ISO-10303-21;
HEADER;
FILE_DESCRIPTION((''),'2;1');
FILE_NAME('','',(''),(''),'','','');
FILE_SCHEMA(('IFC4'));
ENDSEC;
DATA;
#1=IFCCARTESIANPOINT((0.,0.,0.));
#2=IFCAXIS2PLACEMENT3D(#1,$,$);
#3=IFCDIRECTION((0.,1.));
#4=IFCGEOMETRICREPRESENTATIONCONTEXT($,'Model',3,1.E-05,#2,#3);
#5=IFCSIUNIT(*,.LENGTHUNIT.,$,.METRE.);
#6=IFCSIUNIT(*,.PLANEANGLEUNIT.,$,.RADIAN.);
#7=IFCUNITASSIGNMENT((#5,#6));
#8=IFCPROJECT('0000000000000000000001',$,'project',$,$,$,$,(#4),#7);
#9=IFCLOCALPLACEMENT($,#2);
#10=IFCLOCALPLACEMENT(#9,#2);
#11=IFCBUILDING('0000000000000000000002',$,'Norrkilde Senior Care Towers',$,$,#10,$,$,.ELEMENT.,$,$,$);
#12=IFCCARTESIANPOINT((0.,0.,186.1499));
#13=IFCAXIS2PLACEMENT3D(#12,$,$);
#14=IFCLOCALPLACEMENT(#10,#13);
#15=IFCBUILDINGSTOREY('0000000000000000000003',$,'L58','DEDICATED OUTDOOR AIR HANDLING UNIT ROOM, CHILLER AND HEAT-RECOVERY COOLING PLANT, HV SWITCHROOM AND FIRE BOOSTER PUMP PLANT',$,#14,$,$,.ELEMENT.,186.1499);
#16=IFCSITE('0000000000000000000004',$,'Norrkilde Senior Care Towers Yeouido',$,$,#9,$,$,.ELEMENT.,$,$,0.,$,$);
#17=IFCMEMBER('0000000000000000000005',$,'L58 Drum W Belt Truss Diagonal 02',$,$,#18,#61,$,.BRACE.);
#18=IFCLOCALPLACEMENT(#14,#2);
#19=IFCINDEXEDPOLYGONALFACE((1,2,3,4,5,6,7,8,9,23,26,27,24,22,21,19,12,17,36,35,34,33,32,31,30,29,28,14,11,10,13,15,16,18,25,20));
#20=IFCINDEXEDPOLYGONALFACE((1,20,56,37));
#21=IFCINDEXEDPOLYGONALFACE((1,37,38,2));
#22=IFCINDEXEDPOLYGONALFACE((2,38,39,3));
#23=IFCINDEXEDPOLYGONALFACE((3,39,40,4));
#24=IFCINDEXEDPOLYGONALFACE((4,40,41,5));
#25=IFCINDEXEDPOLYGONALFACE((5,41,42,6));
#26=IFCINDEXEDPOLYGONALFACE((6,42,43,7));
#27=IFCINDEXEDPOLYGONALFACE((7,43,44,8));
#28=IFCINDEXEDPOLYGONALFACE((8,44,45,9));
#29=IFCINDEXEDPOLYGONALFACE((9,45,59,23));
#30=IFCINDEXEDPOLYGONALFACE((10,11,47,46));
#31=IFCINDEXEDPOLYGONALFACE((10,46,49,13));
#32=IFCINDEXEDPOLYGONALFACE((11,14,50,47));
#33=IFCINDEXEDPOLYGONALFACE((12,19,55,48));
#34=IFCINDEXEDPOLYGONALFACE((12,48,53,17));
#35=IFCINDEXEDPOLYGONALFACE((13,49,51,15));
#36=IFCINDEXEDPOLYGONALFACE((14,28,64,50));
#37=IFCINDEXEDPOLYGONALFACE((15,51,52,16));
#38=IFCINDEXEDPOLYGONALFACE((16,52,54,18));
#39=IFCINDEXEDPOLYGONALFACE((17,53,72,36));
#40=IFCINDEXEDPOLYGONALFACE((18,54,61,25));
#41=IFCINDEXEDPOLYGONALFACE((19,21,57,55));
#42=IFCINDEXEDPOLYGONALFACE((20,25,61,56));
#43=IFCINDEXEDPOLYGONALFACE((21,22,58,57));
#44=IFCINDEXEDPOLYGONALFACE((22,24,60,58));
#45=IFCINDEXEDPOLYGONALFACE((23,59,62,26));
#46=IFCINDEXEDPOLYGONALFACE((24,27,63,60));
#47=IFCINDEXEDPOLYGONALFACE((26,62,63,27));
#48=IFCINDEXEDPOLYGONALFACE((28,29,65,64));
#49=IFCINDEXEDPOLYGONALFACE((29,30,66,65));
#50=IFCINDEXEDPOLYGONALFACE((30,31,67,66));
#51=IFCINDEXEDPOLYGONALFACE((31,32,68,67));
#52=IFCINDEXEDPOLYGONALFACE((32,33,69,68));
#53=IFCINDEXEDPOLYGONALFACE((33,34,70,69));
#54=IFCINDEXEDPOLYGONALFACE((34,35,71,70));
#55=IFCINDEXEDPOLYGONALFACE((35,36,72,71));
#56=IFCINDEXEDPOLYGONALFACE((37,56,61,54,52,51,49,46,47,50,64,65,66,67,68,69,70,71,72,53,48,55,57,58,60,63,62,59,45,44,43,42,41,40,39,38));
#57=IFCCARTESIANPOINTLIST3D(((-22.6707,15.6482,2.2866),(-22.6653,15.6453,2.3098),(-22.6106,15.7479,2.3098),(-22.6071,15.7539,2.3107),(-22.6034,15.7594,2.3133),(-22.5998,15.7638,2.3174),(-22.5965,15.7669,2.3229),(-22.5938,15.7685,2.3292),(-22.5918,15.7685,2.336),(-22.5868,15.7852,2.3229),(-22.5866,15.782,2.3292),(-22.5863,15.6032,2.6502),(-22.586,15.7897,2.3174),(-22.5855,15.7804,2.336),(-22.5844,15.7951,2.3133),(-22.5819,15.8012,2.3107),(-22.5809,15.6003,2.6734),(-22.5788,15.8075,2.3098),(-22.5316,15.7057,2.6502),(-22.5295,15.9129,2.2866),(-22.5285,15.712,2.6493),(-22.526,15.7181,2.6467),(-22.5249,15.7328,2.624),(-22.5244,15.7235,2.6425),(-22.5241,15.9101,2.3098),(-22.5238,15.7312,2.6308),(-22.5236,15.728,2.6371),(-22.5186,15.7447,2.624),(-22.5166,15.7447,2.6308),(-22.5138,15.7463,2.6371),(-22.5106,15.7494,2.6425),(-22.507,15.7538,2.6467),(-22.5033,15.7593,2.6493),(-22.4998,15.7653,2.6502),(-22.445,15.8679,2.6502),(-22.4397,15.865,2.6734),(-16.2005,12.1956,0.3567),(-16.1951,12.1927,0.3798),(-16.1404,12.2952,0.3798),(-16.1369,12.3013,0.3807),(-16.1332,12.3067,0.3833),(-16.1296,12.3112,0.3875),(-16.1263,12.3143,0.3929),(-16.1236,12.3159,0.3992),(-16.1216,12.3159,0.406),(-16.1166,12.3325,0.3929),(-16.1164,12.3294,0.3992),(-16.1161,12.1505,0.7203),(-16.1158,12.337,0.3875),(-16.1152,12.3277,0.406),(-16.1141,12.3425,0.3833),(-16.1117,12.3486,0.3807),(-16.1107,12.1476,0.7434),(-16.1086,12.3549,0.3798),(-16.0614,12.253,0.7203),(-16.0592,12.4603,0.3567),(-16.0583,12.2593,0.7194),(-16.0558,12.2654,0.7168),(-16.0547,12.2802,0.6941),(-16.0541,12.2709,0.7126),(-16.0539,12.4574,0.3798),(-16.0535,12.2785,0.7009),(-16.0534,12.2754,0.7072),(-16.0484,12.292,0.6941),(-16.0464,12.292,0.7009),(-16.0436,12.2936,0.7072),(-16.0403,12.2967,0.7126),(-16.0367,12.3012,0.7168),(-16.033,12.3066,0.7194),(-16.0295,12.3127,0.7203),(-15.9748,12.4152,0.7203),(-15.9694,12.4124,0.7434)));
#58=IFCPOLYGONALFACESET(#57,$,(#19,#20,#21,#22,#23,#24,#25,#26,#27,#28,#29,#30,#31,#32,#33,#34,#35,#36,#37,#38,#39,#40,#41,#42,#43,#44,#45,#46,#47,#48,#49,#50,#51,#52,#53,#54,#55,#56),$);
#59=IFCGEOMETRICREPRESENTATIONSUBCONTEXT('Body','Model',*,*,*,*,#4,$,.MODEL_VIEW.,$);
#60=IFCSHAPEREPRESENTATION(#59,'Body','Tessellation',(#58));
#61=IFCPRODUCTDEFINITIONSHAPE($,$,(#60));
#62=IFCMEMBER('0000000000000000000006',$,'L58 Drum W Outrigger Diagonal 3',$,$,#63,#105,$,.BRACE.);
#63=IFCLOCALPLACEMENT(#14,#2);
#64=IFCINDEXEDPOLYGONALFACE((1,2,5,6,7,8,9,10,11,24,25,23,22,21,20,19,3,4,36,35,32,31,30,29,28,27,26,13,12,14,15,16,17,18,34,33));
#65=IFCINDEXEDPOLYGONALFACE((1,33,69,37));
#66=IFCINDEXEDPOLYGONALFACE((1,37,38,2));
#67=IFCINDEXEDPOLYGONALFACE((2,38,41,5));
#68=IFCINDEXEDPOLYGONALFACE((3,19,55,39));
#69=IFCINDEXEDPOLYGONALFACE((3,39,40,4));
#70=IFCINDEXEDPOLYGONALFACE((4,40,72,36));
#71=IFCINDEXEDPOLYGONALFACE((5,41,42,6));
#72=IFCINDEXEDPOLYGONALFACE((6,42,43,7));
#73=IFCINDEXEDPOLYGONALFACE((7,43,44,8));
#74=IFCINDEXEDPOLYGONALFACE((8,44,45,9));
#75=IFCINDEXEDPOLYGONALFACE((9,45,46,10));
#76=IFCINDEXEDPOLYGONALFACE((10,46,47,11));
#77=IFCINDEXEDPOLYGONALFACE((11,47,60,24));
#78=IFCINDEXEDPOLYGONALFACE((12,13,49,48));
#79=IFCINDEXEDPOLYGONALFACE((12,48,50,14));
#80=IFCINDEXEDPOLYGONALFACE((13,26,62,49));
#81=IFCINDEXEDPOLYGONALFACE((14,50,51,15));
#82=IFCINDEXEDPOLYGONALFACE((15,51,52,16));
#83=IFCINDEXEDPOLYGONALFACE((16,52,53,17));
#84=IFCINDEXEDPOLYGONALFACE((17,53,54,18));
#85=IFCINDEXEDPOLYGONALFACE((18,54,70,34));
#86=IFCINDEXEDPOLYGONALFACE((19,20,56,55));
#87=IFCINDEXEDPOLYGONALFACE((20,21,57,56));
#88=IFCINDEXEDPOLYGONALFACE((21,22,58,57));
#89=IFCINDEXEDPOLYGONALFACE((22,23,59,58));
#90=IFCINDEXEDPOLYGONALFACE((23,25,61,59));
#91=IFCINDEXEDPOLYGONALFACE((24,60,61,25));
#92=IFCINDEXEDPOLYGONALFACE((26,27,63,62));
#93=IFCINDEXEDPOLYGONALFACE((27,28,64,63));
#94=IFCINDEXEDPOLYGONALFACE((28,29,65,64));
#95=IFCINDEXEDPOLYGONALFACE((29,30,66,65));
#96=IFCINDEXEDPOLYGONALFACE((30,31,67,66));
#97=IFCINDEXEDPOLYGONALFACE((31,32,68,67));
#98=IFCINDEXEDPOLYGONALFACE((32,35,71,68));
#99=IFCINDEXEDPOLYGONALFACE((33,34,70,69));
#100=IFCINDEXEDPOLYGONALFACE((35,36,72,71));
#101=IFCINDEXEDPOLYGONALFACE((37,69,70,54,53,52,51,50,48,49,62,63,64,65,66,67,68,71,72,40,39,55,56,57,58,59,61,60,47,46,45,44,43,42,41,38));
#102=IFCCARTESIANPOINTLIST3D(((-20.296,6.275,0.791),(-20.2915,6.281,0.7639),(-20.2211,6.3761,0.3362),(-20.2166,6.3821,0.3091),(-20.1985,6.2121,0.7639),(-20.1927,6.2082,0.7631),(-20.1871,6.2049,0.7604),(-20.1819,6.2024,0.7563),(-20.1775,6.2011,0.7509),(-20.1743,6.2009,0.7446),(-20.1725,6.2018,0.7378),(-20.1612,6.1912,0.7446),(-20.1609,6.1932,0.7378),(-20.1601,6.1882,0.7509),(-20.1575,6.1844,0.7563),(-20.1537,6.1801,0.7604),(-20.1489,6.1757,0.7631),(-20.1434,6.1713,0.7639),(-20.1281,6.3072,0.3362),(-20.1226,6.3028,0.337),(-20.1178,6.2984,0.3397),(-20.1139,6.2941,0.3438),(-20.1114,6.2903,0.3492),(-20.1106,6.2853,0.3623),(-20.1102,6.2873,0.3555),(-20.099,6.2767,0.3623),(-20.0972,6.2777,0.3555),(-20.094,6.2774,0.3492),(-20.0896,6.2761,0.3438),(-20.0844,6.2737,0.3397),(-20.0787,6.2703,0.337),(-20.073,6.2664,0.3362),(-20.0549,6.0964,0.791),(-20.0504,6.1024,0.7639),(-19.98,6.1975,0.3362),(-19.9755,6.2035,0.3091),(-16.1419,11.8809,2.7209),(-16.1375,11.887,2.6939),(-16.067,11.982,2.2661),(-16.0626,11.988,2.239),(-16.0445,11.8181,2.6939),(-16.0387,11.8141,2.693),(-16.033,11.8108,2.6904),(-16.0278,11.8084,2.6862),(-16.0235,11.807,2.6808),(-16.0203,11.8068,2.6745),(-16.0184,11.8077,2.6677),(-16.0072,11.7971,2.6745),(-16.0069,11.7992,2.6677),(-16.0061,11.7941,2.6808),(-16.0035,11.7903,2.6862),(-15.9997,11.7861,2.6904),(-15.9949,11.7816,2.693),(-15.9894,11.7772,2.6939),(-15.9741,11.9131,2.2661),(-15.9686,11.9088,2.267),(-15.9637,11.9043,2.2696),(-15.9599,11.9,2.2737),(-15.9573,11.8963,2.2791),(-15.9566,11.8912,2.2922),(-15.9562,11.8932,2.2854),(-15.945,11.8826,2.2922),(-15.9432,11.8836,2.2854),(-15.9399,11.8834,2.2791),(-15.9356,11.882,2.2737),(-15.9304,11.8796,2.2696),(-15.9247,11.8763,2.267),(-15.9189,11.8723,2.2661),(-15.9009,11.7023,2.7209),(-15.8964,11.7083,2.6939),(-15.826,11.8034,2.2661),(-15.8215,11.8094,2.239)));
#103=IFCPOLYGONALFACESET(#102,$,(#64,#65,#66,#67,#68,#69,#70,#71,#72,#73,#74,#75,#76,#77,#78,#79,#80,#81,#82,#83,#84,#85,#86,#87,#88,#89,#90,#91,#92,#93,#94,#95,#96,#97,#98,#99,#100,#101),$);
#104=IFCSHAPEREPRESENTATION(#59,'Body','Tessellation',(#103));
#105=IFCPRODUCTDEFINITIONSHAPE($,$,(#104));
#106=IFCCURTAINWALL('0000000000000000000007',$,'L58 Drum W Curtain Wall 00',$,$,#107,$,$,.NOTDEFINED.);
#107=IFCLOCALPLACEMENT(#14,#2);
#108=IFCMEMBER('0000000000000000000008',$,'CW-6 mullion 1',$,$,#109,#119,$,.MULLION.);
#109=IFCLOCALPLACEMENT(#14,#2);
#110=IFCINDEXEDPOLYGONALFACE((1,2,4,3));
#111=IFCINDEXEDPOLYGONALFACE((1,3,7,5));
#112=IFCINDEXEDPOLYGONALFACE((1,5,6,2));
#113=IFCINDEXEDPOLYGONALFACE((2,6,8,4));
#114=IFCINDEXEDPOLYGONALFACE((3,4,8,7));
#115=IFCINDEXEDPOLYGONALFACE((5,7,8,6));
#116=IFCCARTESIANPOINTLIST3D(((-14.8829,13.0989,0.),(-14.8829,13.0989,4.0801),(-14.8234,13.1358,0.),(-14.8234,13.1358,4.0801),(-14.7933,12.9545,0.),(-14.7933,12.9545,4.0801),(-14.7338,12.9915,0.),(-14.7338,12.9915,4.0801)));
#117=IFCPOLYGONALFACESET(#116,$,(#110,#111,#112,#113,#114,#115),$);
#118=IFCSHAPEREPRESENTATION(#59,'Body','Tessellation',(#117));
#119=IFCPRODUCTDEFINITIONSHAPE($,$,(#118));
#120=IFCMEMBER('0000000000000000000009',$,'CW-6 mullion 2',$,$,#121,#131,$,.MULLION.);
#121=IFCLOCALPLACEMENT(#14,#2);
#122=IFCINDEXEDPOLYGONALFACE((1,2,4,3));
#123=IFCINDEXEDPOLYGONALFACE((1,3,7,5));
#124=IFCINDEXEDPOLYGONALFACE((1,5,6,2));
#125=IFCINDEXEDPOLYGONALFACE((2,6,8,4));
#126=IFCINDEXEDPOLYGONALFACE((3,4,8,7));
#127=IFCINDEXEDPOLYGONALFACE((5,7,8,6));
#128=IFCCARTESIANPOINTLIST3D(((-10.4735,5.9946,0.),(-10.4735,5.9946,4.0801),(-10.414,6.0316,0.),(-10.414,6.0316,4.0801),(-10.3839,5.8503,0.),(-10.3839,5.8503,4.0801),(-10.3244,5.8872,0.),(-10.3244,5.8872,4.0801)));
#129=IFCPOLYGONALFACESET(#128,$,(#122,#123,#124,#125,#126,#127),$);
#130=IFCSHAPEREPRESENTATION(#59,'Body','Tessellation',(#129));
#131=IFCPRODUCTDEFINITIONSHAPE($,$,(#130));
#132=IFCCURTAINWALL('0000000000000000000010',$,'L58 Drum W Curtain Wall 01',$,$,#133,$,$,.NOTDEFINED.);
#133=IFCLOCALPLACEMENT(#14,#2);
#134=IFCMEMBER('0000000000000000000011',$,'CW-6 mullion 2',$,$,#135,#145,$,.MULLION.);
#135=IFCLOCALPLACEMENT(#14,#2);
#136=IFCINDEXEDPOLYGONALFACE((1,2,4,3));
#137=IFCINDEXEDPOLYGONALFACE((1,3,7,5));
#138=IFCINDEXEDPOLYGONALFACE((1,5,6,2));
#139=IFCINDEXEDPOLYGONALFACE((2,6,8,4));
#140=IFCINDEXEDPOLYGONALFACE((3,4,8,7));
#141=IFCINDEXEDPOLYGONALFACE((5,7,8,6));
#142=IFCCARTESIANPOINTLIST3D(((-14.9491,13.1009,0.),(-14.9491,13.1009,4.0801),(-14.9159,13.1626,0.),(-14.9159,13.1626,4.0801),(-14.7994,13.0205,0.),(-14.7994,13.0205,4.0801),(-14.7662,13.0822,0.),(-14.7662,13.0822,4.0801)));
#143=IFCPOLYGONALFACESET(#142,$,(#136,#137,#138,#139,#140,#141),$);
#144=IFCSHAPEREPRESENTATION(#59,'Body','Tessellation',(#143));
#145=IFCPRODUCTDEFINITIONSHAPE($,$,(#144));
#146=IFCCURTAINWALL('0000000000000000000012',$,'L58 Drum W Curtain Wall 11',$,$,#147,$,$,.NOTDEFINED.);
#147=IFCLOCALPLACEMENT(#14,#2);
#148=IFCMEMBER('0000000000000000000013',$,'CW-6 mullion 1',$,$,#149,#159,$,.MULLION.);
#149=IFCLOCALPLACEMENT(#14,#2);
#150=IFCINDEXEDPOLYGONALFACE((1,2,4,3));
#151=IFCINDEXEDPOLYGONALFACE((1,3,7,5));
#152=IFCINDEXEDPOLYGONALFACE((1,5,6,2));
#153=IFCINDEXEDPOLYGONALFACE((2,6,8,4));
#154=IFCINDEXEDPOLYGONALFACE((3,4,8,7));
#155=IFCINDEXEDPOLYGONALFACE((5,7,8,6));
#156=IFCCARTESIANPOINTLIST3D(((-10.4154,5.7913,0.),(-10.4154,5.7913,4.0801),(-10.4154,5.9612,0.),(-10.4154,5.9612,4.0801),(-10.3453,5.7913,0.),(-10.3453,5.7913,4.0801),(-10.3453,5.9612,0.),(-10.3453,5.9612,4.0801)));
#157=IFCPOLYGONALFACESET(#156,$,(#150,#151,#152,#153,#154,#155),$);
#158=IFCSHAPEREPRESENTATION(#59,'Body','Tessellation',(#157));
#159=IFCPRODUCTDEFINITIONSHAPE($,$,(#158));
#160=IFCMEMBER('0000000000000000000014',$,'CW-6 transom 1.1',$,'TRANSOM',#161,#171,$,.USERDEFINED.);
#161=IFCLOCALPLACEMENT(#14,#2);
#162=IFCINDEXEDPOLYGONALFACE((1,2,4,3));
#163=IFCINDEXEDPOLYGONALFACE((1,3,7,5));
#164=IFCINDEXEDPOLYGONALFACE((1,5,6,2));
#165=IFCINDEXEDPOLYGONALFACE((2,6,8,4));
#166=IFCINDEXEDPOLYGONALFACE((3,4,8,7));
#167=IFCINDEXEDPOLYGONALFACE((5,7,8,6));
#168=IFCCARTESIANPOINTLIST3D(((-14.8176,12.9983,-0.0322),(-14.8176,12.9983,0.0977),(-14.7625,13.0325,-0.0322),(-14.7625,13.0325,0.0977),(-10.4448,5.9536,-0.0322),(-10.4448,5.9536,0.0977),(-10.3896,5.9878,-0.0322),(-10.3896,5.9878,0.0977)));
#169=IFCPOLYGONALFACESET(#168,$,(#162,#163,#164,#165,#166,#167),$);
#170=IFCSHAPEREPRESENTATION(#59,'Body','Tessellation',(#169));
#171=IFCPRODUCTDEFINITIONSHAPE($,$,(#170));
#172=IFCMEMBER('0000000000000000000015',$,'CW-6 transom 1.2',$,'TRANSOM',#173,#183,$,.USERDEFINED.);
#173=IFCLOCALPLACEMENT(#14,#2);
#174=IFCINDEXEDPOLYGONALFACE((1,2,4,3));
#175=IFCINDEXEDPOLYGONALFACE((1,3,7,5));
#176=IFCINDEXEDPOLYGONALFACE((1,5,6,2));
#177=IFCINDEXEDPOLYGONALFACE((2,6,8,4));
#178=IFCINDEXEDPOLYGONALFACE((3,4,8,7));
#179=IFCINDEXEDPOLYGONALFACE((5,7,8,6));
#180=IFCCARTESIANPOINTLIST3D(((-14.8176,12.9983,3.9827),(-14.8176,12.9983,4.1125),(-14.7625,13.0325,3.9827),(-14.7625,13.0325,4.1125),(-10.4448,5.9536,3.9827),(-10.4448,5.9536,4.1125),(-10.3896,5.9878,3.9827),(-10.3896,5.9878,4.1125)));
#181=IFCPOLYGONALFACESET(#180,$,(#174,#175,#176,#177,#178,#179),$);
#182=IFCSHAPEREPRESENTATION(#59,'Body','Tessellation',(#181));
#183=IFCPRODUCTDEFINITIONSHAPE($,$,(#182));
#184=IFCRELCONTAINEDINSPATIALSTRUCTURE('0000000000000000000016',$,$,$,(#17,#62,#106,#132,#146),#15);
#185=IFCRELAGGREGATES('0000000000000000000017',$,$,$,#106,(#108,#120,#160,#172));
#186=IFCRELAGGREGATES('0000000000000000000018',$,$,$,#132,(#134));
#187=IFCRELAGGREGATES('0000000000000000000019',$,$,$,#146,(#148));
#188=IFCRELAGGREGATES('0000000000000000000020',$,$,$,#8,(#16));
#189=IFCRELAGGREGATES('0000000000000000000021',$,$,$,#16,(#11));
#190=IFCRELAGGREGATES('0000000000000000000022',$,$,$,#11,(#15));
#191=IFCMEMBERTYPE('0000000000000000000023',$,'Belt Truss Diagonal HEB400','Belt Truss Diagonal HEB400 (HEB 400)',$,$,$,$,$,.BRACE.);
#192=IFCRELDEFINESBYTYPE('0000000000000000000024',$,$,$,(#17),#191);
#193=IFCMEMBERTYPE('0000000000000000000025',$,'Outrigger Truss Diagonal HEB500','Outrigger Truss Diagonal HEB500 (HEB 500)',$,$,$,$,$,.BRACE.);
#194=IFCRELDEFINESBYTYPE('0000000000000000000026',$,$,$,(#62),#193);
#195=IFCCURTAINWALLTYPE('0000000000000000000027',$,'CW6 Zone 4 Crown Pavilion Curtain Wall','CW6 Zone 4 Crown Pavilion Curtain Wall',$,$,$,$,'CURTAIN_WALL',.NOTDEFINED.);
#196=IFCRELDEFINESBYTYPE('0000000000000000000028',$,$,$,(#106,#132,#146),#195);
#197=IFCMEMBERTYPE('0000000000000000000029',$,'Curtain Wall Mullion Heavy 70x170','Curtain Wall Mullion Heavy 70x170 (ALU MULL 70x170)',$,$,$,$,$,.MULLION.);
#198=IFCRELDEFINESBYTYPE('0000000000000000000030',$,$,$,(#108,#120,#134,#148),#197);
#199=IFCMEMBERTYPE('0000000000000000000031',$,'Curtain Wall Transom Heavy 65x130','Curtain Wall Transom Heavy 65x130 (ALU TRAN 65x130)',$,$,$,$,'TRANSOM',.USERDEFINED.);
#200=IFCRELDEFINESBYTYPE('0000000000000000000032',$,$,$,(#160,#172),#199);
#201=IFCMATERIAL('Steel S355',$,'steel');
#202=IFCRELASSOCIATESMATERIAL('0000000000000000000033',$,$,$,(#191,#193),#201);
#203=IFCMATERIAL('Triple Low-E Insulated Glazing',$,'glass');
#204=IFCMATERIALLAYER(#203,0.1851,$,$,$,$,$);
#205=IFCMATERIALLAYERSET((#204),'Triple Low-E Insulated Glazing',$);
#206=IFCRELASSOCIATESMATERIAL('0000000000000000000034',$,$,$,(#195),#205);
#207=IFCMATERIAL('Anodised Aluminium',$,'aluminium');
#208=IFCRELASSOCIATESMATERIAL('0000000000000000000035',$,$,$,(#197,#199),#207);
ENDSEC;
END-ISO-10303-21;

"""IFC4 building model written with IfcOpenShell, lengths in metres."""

from ifc_helpers import new_model, si_unit, direction, frame, origin, origin_2d, place, context, subcontext, project, spatial, rectangle, i_section, extrude, source, transform, mapped, material, layer, layer_set, material_profile, profile_set, type_object, type_shapes, element, aggregate, save


model = new_model("IFC4")

# Units and contexts
model_context = context("Model", 3, precision=1e-05, world=origin(), true_north=direction((0.0, 1.0)))
body_context = subcontext(model_context, "Body", "Model", "MODEL_VIEW")
ifc_project = project(units=[si_unit("LENGTHUNIT", "METRE"), si_unit("PLANEANGLEUNIT", "RADIAN")], contexts=[model_context])

# Site, building, storey
site_placement = place(None, origin())
site = spatial("IfcSite", under=ifc_project, at=site_placement, Name="Norrkilde Senior Care Towers Yeouido", CompositionType="ELEMENT", RefElevation=0.0)
building_placement = place(site_placement, origin())
building = spatial("IfcBuilding", under=site, at=building_placement, Name="Norrkilde Senior Care Towers", CompositionType="ELEMENT")
storey_placement = place(building_placement, frame((0.0, 0.0, 186.1499)))
storey = spatial("IfcBuildingStorey", under=building, at=storey_placement, Name="L58", Description="DEDICATED OUTDOOR AIR HANDLING UNIT ROOM, CHILLER AND HEAT-RECOVERY COOLING PLANT, HV SWITCHROOM AND FIRE BOOSTER PUMP PLANT", CompositionType="ELEMENT", Elevation=186.1499)

# Members
ifc_material_1 = material(Name="Steel S355", Category="steel")
ifc_material_profile_1 = material_profile(ifc_material_1, i_section(OverallWidth=0.3, OverallDepth=0.3999, WebThickness=0.0134, FlangeThickness=0.0239, FilletRadius=0.0271, at=origin_2d()), Name="HEB 400")
ifc_profile_set_1 = profile_set([ifc_material_profile_1], Name="Steel S355")
member_type_1 = type_object("IfcMemberType", Name="Belt Truss Diagonal HEB400", Description="Belt Truss Diagonal HEB400 (HEB 400)", PredefinedType="BRACE", material=ifc_profile_set_1)
shared_shape_1 = source(origin(), body_context, "Body", "SweptSolid", [
    extrude(i_section(OverallWidth=0.3, OverallDepth=0.3999, WebThickness=0.0134, FlangeThickness=0.0239, FilletRadius=0.0271, at=origin_2d()), origin(), (0.0, 0.0, 1.0), 7.5835),
])
member_1_placement = place(storey_placement, frame((-16.085, 12.304, 0.55), z_axis=(-0.8532, 0.455285, 0.254492), x_axis=(-0.470785, -0.882248, 0.0)))
element("IfcMember", 1, at=member_1_placement, inside=storey, type_object=member_type_1, Name="L58 Drum W Belt Truss Diagonal 02", PredefinedType="BRACE", context=body_context, shape_type="MappedRepresentation", body=[
    mapped(shared_shape_1, transform((0.0, 0.0, 0.0), x_axis=(1.0, 0.0, 0.0), y_axis=(0.0, 1.0, 0.0), z_axis=(0.0, 0.0, 1.0), scale=1.0)),
])
ifc_material_profile_2 = material_profile(ifc_material_1, i_section(OverallWidth=0.3, OverallDepth=0.5, WebThickness=0.0144, FlangeThickness=0.0281, FilletRadius=0.0271, at=origin_2d()), Name="HEB 500")
ifc_profile_set_2 = profile_set([ifc_material_profile_2], Name="Steel S355")
member_type_2 = type_object("IfcMemberType", Name="Outrigger Truss Diagonal HEB500", Description="Outrigger Truss Diagonal HEB500 (HEB 500)", PredefinedType="BRACE", material=ifc_profile_set_2)
shared_shape_2 = source(origin(), body_context, "Body", "SweptSolid", [
    extrude(i_section(OverallWidth=0.3, OverallDepth=0.5, WebThickness=0.0144, FlangeThickness=0.0281, FilletRadius=0.0271, at=origin_2d()), origin(), (0.0, 0.0, 1.0), 7.2393),
])
type_shapes(member_type_2, [shared_shape_2])
member_2_placement = place(storey_placement, frame((-20.1357, 6.2393, 0.55), z_axis=(0.573819, 0.774378, 0.266591), x_axis=(-0.803455, 0.595366, 0.0)))
element("IfcMember", 2, at=member_2_placement, inside=storey, type_object=member_type_2, Name="L58 Drum W Outrigger Diagonal 3", PredefinedType="BRACE", context=body_context, shape_type="MappedRepresentation", body=[
    mapped(shared_shape_2, transform((0.0, 0.0, 0.0), x_axis=(1.0, 0.0, 0.0), y_axis=(0.0, 1.0, 0.0), z_axis=(0.0, 0.0, 1.0), scale=1.0)),
])

# Curtain wall, members
ifc_material_2 = material(Name="Triple Low-E Insulated Glazing", Category="glass")
ifc_layer_1 = layer(ifc_material_2, 0.1851)
ifc_layer_set_1 = layer_set([ifc_layer_1], Name="Triple Low-E Insulated Glazing")
curtain_wall_type = type_object("IfcCurtainWallType", Name="CW6 Zone 4 Crown Pavilion Curtain Wall", Description="CW6 Zone 4 Crown Pavilion Curtain Wall", ElementType="CURTAIN_WALL", PredefinedType="NOTDEFINED", material=ifc_layer_set_1)
curtain_wall_1_placement = place(storey_placement, origin())
curtain_wall_1 = element("IfcCurtainWall", 3, at=curtain_wall_1_placement, inside=storey, type_object=curtain_wall_type, Name="L58 Drum W Curtain Wall 00", PredefinedType="NOTDEFINED")
ifc_material_3 = material(Name="Anodised Aluminium", Category="aluminium")
ifc_material_profile_3 = material_profile(ifc_material_3, rectangle(XDim=0.0701, YDim=0.1699, at=origin_2d()), Name="ALU MULL 70x170")
ifc_profile_set_3 = profile_set([ifc_material_profile_3], Name="Anodised Aluminium")
member_type_3 = type_object("IfcMemberType", Name="Curtain Wall Mullion Heavy 70x170", Description="Curtain Wall Mullion Heavy 70x170 (ALU MULL 70x170)", PredefinedType="MULLION", material=ifc_profile_set_3)
shared_shape_3 = source(origin(), body_context, "Body", "SweptSolid", [
    extrude(rectangle(XDim=0.0701, YDim=0.1699, at=origin_2d()), origin(), (0.0, 0.0, 1.0), 4.0801),
])
type_shapes(member_type_3, [shared_shape_3])
member_3_placement = place(storey_placement, frame((-14.8083, 13.0452, 0.0), z_axis=(0.0, 0.0, 1.0), x_axis=(0.849634, 0.527373, 0.0)))
member_3 = element("IfcMember", 4, at=member_3_placement, type_object=member_type_3, Name="CW-6 mullion 1", PredefinedType="MULLION", context=body_context, shape_type="MappedRepresentation", body=[
    mapped(shared_shape_3, transform((0.0, 0.0, 0.0), x_axis=(1.0, 0.0, 0.0), y_axis=(0.0, 1.0, 0.0), z_axis=(0.0, 0.0, 1.0), scale=1.0)),
])
member_4_placement = place(storey_placement, frame((-10.3989, 5.9409, 0.0), z_axis=(0.0, 0.0, 1.0), x_axis=(0.849634, 0.527373, 0.0)))
member_4 = element("IfcMember", 5, at=member_4_placement, type_object=member_type_3, Name="CW-6 mullion 2", PredefinedType="MULLION", context=body_context, shape_type="MappedRepresentation", body=[
    mapped(shared_shape_3, transform((0.0, 0.0, 0.0), x_axis=(1.0, 0.0, 0.0), y_axis=(0.0, 1.0, 0.0), z_axis=(0.0, 0.0, 1.0), scale=1.0)),
])

# Curtain walls, members
curtain_wall_2_placement = place(storey_placement, origin())
curtain_wall_2 = element("IfcCurtainWall", 6, at=curtain_wall_2_placement, inside=storey, type_object=curtain_wall_type, Name="L58 Drum W Curtain Wall 01", PredefinedType="NOTDEFINED")
member_5_placement = place(storey_placement, frame((-14.8577, 13.0916, 0.0), z_axis=(0.0, 0.0, 1.0), x_axis=(0.473117, 0.881, 0.0)))
member_5 = element("IfcMember", 7, at=member_5_placement, type_object=member_type_3, Name="CW-6 mullion 2", PredefinedType="MULLION", context=body_context, shape_type="MappedRepresentation", body=[
    mapped(shared_shape_3, transform((0.0, 0.0, 0.0), x_axis=(1.0, 0.0, 0.0), y_axis=(0.0, 1.0, 0.0), z_axis=(0.0, 0.0, 1.0), scale=1.0)),
])
curtain_wall_3_placement = place(storey_placement, origin())
curtain_wall_3 = element("IfcCurtainWall", 8, at=curtain_wall_3_placement, inside=storey, type_object=curtain_wall_type, Name="L58 Drum W Curtain Wall 11", PredefinedType="NOTDEFINED")
member_6_placement = place(storey_placement, frame((-10.3804, 5.8762, 0.0), z_axis=(0.0, 0.0, 1.0), x_axis=(1.0, 0.0, 0.0)))
member_6 = element("IfcMember", 9, at=member_6_placement, type_object=member_type_3, Name="CW-6 mullion 1", PredefinedType="MULLION", context=body_context, shape_type="MappedRepresentation", body=[
    mapped(shared_shape_3, transform((0.0, 0.0, 0.0), x_axis=(1.0, 0.0, 0.0), y_axis=(0.0, 1.0, 0.0), z_axis=(0.0, 0.0, 1.0), scale=1.0)),
])

# Members
ifc_material_profile_4 = material_profile(ifc_material_3, rectangle(XDim=0.0649, YDim=0.1299, at=origin_2d()), Name="ALU TRAN 65x130")
ifc_profile_set_4 = profile_set([ifc_material_profile_4], Name="Anodised Aluminium")
member_type_4 = type_object("IfcMemberType", Name="Curtain Wall Transom Heavy 65x130", Description="Curtain Wall Transom Heavy 65x130 (ALU TRAN 65x130)", ElementType="TRANSOM", PredefinedType="USERDEFINED", material=ifc_profile_set_4)
shared_shape_4 = source(origin(), body_context, "Body", "SweptSolid", [
    extrude(rectangle(XDim=0.0649, YDim=0.1299, at=origin_2d()), origin(), (0.0, 0.0, 1.0), 8.2915),
])
member_7_placement = place(storey_placement, frame((-14.79, 13.0154, 0.0327), z_axis=(0.527384, -0.849627, 0.0), x_axis=(0.849627, 0.527384, 0.0)))
member_7 = element("IfcMember", 10, at=member_7_placement, type_object=member_type_4, Name="CW-6 transom 1.1", ObjectType="TRANSOM", PredefinedType="USERDEFINED", context=body_context, shape_type="MappedRepresentation", body=[
    mapped(shared_shape_4, transform((0.0, 0.0, 0.0), x_axis=(1.0, 0.0, 0.0), y_axis=(0.0, 1.0, 0.0), z_axis=(0.0, 0.0, 1.0), scale=1.0)),
])
member_8_placement = place(storey_placement, frame((-14.79, 13.0154, 4.0476), z_axis=(0.527384, -0.849627, 0.0), x_axis=(0.849627, 0.527384, 0.0)))
member_8 = element("IfcMember", 11, at=member_8_placement, type_object=member_type_4, Name="CW-6 transom 1.2", ObjectType="TRANSOM", PredefinedType="USERDEFINED", context=body_context, shape_type="MappedRepresentation", body=[
    mapped(shared_shape_4, transform((0.0, 0.0, 0.0), x_axis=(1.0, 0.0, 0.0), y_axis=(0.0, 1.0, 0.0), z_axis=(0.0, 0.0, 1.0), scale=1.0)),
])

aggregate(curtain_wall_1, [member_3, member_4, member_7, member_8])
aggregate(curtain_wall_2, [member_5])
aggregate(curtain_wall_3, [member_6])

save(model, "model.ifc")
